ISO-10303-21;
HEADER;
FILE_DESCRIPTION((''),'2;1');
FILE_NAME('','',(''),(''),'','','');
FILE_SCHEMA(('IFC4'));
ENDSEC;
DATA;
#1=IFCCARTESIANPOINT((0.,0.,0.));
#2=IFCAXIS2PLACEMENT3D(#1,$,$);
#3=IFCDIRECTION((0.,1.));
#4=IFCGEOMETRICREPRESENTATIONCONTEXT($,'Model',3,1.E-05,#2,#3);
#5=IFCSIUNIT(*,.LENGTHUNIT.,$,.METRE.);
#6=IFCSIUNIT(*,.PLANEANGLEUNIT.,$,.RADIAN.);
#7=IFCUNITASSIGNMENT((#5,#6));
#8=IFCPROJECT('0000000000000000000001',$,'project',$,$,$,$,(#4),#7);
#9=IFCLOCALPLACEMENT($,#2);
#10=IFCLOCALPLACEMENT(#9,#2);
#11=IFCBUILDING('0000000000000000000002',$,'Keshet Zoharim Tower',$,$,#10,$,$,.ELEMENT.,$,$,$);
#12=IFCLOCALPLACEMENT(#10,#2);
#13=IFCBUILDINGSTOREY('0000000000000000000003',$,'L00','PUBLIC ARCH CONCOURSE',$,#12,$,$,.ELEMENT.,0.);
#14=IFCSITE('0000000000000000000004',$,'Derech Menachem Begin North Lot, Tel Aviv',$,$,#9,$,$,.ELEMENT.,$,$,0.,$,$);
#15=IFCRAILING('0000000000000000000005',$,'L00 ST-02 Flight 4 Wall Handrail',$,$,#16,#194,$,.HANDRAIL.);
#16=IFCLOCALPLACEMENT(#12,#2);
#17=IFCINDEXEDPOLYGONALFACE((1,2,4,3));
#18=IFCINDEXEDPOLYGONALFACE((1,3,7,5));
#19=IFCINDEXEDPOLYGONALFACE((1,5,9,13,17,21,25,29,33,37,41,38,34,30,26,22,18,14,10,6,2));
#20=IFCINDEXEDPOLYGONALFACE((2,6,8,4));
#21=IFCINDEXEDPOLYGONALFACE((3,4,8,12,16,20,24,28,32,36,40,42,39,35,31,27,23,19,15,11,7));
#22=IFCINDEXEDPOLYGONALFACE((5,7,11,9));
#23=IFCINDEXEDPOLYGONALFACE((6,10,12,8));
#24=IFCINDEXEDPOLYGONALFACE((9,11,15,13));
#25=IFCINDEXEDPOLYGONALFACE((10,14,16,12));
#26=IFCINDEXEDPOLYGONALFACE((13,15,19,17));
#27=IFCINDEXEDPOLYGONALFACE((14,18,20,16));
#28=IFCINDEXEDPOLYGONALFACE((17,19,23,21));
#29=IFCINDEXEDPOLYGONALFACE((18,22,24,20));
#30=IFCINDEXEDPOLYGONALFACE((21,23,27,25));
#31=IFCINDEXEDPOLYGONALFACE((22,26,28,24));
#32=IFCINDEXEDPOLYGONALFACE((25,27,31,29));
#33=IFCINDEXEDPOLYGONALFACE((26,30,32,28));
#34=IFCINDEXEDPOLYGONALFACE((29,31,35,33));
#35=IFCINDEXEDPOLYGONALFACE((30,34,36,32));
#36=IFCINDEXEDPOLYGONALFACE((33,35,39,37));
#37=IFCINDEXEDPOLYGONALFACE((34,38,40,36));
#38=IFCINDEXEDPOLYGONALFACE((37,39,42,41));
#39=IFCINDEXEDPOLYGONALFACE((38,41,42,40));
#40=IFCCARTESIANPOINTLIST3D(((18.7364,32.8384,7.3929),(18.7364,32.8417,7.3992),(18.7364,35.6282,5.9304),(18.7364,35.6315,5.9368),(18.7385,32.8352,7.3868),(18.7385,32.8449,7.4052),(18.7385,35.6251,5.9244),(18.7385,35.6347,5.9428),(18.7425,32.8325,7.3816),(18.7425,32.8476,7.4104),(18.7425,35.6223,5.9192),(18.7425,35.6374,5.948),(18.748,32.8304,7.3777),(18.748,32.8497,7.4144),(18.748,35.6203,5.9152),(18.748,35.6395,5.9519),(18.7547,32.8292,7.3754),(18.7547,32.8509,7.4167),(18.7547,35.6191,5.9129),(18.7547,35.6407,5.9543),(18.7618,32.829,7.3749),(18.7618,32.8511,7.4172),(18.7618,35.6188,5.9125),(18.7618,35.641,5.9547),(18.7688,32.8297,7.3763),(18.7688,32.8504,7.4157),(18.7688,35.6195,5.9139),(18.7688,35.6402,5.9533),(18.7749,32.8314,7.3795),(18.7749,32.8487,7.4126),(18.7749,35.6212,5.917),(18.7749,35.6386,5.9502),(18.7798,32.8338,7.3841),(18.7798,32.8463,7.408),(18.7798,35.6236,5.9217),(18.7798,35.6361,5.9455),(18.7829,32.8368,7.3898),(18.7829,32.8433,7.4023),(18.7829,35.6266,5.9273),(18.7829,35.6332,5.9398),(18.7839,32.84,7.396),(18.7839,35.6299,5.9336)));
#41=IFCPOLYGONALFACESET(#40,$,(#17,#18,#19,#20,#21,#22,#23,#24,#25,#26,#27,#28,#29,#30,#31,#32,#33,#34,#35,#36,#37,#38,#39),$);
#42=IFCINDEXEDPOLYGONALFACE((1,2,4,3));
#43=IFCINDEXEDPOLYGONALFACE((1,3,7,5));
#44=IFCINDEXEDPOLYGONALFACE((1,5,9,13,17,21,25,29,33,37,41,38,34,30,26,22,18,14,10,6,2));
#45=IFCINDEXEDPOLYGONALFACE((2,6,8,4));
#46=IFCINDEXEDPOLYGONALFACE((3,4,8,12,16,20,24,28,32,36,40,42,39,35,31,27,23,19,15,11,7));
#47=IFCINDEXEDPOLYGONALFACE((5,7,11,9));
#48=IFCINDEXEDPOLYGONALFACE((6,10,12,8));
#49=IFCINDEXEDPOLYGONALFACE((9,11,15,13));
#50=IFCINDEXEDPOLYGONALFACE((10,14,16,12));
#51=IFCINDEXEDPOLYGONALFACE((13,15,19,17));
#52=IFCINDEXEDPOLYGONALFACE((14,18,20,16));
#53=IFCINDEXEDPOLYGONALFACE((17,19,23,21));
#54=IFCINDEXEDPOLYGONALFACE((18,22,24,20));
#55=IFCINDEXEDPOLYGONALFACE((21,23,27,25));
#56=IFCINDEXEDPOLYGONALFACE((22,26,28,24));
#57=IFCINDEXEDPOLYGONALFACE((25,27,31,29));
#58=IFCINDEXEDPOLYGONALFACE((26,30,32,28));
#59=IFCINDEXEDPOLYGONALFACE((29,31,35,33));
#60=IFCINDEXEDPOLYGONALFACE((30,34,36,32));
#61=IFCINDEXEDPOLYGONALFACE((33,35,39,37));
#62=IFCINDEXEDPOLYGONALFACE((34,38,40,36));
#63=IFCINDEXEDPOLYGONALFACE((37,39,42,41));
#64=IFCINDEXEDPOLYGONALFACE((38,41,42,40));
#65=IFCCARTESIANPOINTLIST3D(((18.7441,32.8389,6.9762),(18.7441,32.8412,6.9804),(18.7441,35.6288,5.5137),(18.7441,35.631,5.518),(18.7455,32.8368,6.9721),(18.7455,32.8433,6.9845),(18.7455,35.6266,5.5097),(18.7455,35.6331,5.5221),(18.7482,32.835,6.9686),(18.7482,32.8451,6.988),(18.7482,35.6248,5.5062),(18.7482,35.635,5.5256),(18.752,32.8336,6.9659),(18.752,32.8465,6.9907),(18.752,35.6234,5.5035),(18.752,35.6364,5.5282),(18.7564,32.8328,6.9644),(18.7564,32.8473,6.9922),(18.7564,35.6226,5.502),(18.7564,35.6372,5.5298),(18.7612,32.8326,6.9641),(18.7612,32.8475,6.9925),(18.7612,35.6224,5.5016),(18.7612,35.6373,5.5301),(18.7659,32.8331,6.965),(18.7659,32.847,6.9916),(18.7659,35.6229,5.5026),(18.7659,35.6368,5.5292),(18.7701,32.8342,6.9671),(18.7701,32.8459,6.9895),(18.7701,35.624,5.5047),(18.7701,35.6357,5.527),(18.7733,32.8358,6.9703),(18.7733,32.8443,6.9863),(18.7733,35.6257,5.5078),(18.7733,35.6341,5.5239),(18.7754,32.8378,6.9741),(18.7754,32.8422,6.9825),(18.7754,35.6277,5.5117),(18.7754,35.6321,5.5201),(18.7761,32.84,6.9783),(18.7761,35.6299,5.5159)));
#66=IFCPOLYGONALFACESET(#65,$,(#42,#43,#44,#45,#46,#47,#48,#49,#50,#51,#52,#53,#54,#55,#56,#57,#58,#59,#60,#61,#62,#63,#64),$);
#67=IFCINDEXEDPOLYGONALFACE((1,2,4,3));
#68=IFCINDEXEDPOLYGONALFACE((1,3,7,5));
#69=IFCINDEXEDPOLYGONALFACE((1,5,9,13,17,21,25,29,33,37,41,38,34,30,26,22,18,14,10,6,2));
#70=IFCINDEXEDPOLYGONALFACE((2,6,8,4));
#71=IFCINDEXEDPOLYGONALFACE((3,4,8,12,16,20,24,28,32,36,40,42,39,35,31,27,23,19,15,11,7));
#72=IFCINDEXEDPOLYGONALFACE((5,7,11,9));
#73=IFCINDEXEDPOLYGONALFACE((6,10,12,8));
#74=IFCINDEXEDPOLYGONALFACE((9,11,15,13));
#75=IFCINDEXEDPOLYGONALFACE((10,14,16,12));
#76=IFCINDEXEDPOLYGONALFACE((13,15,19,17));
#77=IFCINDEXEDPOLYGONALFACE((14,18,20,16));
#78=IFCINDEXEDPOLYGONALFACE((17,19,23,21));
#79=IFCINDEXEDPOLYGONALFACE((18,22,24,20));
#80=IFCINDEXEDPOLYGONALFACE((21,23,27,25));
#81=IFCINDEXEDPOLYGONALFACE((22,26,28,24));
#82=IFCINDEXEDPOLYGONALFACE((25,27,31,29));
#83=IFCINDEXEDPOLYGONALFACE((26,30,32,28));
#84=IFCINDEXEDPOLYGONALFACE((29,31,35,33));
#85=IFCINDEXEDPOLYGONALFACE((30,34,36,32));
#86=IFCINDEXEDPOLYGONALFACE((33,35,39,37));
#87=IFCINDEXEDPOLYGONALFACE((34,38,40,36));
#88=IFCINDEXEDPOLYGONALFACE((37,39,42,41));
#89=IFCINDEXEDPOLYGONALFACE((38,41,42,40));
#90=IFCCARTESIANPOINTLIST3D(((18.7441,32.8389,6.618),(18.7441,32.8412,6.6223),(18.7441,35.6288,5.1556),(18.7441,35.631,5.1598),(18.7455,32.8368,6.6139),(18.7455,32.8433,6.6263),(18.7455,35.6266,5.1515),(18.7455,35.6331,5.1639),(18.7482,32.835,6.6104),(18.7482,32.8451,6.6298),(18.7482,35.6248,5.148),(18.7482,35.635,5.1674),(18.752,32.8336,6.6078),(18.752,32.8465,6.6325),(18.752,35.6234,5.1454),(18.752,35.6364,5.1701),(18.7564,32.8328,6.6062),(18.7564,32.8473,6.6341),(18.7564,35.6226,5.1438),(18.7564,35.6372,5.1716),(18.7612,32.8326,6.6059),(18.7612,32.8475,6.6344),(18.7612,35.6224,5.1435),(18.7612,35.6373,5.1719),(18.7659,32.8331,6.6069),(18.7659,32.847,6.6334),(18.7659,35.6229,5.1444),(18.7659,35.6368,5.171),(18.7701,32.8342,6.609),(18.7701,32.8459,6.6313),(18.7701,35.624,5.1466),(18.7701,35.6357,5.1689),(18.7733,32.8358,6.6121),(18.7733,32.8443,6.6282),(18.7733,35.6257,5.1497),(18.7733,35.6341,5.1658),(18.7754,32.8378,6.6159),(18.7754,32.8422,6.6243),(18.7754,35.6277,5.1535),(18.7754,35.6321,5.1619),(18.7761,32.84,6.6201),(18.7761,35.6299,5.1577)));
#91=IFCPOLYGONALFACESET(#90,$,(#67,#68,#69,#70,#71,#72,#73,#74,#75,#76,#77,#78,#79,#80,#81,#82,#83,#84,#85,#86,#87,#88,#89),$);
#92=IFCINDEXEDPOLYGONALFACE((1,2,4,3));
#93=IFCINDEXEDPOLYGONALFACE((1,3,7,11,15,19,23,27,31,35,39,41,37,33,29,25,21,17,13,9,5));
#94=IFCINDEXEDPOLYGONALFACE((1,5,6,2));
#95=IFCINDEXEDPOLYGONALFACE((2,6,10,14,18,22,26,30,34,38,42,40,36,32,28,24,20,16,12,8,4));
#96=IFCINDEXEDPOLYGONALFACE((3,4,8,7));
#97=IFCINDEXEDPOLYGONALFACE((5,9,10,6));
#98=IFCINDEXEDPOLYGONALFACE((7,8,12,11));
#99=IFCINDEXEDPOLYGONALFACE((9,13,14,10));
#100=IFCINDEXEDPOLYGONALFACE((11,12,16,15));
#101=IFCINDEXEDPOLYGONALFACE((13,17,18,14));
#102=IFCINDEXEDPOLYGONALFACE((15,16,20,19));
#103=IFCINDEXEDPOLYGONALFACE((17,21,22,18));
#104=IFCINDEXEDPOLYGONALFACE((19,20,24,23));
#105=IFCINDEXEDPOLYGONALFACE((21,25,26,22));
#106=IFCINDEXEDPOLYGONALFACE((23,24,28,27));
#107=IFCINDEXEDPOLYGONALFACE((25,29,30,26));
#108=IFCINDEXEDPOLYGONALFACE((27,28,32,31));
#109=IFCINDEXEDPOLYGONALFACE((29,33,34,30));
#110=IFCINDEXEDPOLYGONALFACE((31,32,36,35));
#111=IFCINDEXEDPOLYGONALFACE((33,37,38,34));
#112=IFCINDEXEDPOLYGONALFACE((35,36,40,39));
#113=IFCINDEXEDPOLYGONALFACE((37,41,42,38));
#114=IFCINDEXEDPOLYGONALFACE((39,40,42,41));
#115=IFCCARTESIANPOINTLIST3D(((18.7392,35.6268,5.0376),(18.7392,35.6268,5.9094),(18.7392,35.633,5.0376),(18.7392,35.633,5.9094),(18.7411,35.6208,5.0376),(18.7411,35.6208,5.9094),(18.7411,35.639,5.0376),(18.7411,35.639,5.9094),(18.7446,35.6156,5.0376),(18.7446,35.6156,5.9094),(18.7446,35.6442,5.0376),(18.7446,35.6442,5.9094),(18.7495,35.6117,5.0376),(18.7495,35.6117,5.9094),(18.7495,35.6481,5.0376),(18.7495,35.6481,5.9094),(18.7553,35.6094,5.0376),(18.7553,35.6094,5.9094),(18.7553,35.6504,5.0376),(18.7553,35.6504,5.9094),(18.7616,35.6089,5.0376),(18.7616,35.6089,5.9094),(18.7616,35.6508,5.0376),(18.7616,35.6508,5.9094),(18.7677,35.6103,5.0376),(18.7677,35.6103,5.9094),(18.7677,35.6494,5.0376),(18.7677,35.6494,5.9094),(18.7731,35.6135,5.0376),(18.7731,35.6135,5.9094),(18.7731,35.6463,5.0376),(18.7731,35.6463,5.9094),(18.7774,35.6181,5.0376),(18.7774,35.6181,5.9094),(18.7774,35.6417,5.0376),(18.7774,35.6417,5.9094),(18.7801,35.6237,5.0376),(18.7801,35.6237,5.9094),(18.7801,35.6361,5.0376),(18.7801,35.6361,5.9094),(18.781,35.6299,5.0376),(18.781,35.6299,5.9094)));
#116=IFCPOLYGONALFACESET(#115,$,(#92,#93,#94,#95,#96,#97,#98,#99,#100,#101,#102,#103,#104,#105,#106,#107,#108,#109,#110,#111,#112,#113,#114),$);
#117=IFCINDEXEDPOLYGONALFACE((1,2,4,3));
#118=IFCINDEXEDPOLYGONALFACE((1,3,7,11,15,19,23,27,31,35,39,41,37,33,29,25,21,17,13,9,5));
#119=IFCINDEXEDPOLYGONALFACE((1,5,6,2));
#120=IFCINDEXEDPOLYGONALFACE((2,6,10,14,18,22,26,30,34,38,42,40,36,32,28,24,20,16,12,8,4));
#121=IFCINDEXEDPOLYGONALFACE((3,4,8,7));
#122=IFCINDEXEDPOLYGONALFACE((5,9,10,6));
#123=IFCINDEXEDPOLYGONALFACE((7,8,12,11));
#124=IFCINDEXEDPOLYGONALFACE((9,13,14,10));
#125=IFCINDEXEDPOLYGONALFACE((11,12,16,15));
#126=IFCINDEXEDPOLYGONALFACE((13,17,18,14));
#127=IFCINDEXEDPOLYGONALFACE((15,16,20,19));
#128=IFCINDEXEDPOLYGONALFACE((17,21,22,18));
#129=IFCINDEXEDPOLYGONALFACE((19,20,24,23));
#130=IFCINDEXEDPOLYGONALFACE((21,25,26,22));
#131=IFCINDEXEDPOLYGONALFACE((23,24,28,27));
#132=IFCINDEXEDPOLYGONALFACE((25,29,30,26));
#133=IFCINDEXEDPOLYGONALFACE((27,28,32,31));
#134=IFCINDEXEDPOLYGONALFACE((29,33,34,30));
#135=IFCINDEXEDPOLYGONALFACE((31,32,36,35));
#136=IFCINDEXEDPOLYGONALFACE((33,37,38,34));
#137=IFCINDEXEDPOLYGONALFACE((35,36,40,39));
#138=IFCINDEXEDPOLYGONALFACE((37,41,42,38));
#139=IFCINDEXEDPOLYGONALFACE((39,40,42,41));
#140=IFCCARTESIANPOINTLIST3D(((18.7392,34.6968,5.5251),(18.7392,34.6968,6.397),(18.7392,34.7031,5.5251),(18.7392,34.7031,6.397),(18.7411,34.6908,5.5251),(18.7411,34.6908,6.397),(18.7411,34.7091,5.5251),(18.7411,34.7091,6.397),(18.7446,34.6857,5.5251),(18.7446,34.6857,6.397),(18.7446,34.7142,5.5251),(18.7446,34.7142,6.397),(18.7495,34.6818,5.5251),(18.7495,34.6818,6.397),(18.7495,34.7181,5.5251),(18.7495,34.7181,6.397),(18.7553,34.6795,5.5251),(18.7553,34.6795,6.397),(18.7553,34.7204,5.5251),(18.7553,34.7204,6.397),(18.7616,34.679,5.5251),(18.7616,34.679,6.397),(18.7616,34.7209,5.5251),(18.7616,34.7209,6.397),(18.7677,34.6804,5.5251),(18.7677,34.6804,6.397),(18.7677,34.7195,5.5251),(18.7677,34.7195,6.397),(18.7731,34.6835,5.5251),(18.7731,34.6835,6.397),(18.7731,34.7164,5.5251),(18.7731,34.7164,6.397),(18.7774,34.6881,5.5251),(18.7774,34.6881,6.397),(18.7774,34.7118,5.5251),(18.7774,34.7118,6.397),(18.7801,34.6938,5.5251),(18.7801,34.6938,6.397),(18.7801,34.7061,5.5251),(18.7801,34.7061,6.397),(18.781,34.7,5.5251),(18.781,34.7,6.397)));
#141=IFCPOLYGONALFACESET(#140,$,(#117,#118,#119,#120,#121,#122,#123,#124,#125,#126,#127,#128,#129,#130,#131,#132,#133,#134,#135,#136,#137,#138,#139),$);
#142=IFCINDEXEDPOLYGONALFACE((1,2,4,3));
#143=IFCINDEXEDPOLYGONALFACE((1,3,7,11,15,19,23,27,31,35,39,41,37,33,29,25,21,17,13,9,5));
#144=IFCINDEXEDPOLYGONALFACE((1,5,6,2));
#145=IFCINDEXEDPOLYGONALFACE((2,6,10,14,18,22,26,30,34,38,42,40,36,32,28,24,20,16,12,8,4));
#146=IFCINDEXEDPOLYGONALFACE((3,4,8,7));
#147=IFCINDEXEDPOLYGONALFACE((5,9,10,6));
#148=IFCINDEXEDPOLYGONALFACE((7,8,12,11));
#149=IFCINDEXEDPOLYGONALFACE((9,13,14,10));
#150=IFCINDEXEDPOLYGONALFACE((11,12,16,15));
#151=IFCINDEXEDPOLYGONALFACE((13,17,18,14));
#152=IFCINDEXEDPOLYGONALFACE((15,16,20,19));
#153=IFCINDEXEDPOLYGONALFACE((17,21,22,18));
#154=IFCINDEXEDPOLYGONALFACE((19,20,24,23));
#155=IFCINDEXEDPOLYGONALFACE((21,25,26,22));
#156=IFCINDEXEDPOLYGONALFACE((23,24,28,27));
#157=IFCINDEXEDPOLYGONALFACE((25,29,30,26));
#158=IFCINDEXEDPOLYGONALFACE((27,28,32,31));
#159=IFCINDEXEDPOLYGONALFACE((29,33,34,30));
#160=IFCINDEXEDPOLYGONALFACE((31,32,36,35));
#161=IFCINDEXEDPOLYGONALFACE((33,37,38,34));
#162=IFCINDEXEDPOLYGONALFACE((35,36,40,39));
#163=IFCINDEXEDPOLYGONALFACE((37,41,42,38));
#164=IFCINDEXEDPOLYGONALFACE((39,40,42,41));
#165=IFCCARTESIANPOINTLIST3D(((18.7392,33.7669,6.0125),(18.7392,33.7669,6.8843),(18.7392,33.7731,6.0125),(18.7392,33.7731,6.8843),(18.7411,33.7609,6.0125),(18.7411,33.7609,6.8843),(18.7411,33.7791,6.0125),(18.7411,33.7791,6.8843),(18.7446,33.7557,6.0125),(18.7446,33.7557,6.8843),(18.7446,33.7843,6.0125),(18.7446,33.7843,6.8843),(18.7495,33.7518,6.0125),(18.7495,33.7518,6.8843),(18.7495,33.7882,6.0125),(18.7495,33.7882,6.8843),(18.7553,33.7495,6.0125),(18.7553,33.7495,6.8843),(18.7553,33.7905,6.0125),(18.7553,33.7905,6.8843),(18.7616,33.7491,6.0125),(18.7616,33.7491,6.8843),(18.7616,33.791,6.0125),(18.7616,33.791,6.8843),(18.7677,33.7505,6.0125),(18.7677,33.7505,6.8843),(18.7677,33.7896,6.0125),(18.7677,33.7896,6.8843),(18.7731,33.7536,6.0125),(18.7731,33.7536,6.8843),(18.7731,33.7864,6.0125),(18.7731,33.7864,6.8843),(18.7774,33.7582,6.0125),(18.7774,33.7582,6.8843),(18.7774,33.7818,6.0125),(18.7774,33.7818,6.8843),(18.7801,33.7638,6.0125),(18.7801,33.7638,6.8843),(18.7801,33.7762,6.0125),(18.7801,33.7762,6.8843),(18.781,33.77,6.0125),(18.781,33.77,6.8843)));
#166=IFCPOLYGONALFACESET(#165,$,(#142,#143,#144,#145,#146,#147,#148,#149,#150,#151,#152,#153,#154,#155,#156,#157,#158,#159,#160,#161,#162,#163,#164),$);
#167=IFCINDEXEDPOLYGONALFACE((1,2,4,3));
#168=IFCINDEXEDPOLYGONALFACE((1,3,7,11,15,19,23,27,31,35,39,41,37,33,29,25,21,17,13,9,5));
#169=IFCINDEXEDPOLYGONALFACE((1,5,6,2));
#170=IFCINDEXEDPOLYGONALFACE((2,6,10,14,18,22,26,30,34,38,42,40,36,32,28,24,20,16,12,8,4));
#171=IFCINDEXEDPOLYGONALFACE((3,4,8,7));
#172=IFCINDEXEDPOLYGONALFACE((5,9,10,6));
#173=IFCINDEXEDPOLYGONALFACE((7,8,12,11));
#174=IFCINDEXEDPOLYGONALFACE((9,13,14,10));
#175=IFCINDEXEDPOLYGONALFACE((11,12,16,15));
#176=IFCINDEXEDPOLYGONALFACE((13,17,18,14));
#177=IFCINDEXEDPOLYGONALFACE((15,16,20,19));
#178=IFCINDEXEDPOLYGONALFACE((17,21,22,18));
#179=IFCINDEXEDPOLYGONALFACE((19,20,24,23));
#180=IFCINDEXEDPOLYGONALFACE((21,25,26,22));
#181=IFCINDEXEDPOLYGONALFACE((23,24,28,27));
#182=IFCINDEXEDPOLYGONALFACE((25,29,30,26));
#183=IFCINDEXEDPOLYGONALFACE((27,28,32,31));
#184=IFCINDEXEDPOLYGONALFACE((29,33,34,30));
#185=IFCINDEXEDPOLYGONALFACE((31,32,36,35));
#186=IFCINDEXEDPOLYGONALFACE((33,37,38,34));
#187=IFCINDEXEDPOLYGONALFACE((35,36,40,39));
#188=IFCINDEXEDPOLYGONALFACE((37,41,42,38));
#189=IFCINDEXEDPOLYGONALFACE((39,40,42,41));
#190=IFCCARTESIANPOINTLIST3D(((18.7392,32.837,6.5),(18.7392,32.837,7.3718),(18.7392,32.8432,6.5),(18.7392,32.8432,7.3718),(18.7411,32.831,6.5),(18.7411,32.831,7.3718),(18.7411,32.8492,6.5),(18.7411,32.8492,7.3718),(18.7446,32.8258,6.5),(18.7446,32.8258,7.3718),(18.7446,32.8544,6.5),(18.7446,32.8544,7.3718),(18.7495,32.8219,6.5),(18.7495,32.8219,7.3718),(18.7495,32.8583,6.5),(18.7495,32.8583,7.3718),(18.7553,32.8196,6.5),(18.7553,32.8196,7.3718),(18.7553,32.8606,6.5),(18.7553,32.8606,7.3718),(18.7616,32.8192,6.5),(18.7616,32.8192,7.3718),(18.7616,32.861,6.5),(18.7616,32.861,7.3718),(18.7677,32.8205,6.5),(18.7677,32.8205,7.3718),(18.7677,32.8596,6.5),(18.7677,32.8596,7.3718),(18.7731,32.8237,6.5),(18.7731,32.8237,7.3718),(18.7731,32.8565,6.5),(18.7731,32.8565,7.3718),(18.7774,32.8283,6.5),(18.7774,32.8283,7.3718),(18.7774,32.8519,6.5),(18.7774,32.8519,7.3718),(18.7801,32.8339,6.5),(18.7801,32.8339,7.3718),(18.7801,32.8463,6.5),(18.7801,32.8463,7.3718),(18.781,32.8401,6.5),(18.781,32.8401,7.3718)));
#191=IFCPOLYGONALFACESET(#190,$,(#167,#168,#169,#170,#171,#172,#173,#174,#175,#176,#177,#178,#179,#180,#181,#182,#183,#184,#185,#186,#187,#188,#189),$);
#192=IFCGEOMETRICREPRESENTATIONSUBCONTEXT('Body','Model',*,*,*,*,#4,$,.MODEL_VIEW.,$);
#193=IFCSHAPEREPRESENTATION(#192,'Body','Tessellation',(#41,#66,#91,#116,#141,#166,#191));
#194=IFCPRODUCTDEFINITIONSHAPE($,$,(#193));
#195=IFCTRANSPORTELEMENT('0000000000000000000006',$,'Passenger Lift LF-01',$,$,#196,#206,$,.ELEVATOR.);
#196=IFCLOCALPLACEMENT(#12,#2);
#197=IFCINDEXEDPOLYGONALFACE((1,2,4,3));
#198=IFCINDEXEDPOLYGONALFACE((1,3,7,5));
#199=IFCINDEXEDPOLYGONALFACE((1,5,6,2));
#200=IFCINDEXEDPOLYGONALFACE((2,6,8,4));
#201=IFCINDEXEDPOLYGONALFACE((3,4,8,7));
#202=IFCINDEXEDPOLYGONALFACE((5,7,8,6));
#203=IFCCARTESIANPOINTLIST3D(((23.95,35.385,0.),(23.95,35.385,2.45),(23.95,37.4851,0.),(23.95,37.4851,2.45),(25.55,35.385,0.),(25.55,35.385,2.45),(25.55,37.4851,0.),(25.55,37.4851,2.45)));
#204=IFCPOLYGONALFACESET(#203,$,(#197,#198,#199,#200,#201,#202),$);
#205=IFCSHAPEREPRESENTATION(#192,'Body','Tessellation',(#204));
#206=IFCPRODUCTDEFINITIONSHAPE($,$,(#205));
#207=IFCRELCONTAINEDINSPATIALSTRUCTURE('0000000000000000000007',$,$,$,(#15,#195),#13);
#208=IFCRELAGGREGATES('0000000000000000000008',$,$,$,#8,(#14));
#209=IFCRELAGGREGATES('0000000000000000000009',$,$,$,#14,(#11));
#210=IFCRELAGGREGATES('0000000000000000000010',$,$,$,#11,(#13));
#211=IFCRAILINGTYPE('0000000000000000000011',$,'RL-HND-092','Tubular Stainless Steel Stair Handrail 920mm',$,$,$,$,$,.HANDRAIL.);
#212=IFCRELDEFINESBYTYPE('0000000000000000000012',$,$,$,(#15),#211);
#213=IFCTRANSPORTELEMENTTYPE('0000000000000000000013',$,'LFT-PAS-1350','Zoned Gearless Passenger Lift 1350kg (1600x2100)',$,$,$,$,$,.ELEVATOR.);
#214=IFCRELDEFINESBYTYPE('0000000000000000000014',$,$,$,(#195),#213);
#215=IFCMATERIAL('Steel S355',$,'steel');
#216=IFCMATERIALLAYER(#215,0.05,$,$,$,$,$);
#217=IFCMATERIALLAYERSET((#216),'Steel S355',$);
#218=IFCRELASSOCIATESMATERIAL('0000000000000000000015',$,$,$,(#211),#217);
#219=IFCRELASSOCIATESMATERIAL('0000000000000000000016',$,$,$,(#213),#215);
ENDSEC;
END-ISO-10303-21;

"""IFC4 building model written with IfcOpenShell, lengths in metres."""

from ifc_helpers import new_model, si_unit, direction, frame, origin, origin_2d, place, context, subcontext, project, spatial, rectangle, circle, extrude, material, layer, layer_set, type_object, element, save


model = new_model("IFC4")

# Units and contexts
model_context = context("Model", 3, precision=1e-05, world=origin(), true_north=direction((0.0, 1.0)))
body_context = subcontext(model_context, "Body", "Model", "MODEL_VIEW")
ifc_project = project(units=[si_unit("LENGTHUNIT", "METRE"), si_unit("PLANEANGLEUNIT", "RADIAN")], contexts=[model_context])

# Site, building, storey
site_placement = place(None, origin())
site = spatial("IfcSite", under=ifc_project, at=site_placement, Name="Derech Menachem Begin North Lot, Tel Aviv", CompositionType="ELEMENT", RefElevation=0.0)
building_placement = place(site_placement, origin())
building = spatial("IfcBuilding", under=site, at=building_placement, Name="Keshet Zoharim Tower", CompositionType="ELEMENT")
storey_placement = place(building_placement, origin())
storey = spatial("IfcBuildingStorey", under=building, at=storey_placement, Name="L00", Description="PUBLIC ARCH CONCOURSE", CompositionType="ELEMENT", Elevation=0.0)

# Shared definitions
ifc_material_1 = material(Name="Steel S355", Category="steel")

# Railing
ifc_layer_1 = layer(ifc_material_1, 0.05)
ifc_layer_set_1 = layer_set([ifc_layer_1], Name="Steel S355")
railing_type = type_object("IfcRailingType", Name="RL-HND-092", Description="Tubular Stainless Steel Stair Handrail 920mm", PredefinedType="HANDRAIL", material=ifc_layer_set_1)
for number, where, name in (
    (1, (18.76, 35.6299, 5.0376), "L00 ST-02 Flight 4 Wall Handrail"),
):
    element("IfcRailing", number, at=place(storey_placement, frame(where)), inside=storey, type_object=railing_type, Name=name, PredefinedType="HANDRAIL", context=body_context, shape_type="SweptSolid", body=[
        extrude(circle(Radius=0.0239, at=origin_2d()), frame((0.0, 0.0, 0.896), z_axis=(0.0, -0.88569, 0.464276), x_axis=(1.0, 0.0, 0.0)), (0.0, 0.0, 1.0), 3.1499),
        extrude(circle(Radius=0.0161, at=origin_2d()), frame((0.0, 0.0, 0.4783), z_axis=(0.0, -0.88569, 0.464276), x_axis=(1.0, 0.0, 0.0)), (0.0, 0.0, 1.0), 3.1499),
        extrude(circle(Radius=0.0161, at=origin_2d()), frame((0.0, 0.0, 0.1201), z_axis=(0.0, -0.88569, 0.464276), x_axis=(1.0, 0.0, 0.0)), (0.0, 0.0, 1.0), 3.1499),
        extrude(circle(Radius=0.021, at=origin_2d()), origin(), (0.0, 0.0, 1.0), 0.8718),
        extrude(circle(Radius=0.021, at=origin_2d()), frame((0.0, -0.9299, 0.4875)), (0.0, 0.0, 1.0), 0.8718),
        extrude(circle(Radius=0.021, at=origin_2d()), frame((0.0, -1.8599, 0.9749)), (0.0, 0.0, 1.0), 0.8718),
        extrude(circle(Radius=0.021, at=origin_2d()), frame((0.0, -2.7898, 1.4624)), (0.0, 0.0, 1.0), 0.8718),
    ])

# Transport element
transport_element_type = type_object("IfcTransportElementType", Name="LFT-PAS-1350", Description="Zoned Gearless Passenger Lift 1350kg (1600x2100)", PredefinedType="ELEVATOR", material=ifc_material_1)
for number, where, z_axis, x_axis, name in (
    (2, (24.75, 36.4351, 0.0), (0.0, 0.0, 1.0), (1.0, 0.0, 0.0), "Passenger Lift LF-01"),
):
    element("IfcTransportElement", number, at=place(storey_placement, frame(where, z_axis=z_axis, x_axis=x_axis)), inside=storey, type_object=transport_element_type, Name=name, PredefinedType="ELEVATOR", context=body_context, shape_type="SweptSolid", body=[
        extrude(rectangle(XDim=1.6001, YDim=2.1001, at=origin_2d()), origin(), (0.0, 0.0, 1.0), 2.45),
    ])

save(model, "model.ifc")
